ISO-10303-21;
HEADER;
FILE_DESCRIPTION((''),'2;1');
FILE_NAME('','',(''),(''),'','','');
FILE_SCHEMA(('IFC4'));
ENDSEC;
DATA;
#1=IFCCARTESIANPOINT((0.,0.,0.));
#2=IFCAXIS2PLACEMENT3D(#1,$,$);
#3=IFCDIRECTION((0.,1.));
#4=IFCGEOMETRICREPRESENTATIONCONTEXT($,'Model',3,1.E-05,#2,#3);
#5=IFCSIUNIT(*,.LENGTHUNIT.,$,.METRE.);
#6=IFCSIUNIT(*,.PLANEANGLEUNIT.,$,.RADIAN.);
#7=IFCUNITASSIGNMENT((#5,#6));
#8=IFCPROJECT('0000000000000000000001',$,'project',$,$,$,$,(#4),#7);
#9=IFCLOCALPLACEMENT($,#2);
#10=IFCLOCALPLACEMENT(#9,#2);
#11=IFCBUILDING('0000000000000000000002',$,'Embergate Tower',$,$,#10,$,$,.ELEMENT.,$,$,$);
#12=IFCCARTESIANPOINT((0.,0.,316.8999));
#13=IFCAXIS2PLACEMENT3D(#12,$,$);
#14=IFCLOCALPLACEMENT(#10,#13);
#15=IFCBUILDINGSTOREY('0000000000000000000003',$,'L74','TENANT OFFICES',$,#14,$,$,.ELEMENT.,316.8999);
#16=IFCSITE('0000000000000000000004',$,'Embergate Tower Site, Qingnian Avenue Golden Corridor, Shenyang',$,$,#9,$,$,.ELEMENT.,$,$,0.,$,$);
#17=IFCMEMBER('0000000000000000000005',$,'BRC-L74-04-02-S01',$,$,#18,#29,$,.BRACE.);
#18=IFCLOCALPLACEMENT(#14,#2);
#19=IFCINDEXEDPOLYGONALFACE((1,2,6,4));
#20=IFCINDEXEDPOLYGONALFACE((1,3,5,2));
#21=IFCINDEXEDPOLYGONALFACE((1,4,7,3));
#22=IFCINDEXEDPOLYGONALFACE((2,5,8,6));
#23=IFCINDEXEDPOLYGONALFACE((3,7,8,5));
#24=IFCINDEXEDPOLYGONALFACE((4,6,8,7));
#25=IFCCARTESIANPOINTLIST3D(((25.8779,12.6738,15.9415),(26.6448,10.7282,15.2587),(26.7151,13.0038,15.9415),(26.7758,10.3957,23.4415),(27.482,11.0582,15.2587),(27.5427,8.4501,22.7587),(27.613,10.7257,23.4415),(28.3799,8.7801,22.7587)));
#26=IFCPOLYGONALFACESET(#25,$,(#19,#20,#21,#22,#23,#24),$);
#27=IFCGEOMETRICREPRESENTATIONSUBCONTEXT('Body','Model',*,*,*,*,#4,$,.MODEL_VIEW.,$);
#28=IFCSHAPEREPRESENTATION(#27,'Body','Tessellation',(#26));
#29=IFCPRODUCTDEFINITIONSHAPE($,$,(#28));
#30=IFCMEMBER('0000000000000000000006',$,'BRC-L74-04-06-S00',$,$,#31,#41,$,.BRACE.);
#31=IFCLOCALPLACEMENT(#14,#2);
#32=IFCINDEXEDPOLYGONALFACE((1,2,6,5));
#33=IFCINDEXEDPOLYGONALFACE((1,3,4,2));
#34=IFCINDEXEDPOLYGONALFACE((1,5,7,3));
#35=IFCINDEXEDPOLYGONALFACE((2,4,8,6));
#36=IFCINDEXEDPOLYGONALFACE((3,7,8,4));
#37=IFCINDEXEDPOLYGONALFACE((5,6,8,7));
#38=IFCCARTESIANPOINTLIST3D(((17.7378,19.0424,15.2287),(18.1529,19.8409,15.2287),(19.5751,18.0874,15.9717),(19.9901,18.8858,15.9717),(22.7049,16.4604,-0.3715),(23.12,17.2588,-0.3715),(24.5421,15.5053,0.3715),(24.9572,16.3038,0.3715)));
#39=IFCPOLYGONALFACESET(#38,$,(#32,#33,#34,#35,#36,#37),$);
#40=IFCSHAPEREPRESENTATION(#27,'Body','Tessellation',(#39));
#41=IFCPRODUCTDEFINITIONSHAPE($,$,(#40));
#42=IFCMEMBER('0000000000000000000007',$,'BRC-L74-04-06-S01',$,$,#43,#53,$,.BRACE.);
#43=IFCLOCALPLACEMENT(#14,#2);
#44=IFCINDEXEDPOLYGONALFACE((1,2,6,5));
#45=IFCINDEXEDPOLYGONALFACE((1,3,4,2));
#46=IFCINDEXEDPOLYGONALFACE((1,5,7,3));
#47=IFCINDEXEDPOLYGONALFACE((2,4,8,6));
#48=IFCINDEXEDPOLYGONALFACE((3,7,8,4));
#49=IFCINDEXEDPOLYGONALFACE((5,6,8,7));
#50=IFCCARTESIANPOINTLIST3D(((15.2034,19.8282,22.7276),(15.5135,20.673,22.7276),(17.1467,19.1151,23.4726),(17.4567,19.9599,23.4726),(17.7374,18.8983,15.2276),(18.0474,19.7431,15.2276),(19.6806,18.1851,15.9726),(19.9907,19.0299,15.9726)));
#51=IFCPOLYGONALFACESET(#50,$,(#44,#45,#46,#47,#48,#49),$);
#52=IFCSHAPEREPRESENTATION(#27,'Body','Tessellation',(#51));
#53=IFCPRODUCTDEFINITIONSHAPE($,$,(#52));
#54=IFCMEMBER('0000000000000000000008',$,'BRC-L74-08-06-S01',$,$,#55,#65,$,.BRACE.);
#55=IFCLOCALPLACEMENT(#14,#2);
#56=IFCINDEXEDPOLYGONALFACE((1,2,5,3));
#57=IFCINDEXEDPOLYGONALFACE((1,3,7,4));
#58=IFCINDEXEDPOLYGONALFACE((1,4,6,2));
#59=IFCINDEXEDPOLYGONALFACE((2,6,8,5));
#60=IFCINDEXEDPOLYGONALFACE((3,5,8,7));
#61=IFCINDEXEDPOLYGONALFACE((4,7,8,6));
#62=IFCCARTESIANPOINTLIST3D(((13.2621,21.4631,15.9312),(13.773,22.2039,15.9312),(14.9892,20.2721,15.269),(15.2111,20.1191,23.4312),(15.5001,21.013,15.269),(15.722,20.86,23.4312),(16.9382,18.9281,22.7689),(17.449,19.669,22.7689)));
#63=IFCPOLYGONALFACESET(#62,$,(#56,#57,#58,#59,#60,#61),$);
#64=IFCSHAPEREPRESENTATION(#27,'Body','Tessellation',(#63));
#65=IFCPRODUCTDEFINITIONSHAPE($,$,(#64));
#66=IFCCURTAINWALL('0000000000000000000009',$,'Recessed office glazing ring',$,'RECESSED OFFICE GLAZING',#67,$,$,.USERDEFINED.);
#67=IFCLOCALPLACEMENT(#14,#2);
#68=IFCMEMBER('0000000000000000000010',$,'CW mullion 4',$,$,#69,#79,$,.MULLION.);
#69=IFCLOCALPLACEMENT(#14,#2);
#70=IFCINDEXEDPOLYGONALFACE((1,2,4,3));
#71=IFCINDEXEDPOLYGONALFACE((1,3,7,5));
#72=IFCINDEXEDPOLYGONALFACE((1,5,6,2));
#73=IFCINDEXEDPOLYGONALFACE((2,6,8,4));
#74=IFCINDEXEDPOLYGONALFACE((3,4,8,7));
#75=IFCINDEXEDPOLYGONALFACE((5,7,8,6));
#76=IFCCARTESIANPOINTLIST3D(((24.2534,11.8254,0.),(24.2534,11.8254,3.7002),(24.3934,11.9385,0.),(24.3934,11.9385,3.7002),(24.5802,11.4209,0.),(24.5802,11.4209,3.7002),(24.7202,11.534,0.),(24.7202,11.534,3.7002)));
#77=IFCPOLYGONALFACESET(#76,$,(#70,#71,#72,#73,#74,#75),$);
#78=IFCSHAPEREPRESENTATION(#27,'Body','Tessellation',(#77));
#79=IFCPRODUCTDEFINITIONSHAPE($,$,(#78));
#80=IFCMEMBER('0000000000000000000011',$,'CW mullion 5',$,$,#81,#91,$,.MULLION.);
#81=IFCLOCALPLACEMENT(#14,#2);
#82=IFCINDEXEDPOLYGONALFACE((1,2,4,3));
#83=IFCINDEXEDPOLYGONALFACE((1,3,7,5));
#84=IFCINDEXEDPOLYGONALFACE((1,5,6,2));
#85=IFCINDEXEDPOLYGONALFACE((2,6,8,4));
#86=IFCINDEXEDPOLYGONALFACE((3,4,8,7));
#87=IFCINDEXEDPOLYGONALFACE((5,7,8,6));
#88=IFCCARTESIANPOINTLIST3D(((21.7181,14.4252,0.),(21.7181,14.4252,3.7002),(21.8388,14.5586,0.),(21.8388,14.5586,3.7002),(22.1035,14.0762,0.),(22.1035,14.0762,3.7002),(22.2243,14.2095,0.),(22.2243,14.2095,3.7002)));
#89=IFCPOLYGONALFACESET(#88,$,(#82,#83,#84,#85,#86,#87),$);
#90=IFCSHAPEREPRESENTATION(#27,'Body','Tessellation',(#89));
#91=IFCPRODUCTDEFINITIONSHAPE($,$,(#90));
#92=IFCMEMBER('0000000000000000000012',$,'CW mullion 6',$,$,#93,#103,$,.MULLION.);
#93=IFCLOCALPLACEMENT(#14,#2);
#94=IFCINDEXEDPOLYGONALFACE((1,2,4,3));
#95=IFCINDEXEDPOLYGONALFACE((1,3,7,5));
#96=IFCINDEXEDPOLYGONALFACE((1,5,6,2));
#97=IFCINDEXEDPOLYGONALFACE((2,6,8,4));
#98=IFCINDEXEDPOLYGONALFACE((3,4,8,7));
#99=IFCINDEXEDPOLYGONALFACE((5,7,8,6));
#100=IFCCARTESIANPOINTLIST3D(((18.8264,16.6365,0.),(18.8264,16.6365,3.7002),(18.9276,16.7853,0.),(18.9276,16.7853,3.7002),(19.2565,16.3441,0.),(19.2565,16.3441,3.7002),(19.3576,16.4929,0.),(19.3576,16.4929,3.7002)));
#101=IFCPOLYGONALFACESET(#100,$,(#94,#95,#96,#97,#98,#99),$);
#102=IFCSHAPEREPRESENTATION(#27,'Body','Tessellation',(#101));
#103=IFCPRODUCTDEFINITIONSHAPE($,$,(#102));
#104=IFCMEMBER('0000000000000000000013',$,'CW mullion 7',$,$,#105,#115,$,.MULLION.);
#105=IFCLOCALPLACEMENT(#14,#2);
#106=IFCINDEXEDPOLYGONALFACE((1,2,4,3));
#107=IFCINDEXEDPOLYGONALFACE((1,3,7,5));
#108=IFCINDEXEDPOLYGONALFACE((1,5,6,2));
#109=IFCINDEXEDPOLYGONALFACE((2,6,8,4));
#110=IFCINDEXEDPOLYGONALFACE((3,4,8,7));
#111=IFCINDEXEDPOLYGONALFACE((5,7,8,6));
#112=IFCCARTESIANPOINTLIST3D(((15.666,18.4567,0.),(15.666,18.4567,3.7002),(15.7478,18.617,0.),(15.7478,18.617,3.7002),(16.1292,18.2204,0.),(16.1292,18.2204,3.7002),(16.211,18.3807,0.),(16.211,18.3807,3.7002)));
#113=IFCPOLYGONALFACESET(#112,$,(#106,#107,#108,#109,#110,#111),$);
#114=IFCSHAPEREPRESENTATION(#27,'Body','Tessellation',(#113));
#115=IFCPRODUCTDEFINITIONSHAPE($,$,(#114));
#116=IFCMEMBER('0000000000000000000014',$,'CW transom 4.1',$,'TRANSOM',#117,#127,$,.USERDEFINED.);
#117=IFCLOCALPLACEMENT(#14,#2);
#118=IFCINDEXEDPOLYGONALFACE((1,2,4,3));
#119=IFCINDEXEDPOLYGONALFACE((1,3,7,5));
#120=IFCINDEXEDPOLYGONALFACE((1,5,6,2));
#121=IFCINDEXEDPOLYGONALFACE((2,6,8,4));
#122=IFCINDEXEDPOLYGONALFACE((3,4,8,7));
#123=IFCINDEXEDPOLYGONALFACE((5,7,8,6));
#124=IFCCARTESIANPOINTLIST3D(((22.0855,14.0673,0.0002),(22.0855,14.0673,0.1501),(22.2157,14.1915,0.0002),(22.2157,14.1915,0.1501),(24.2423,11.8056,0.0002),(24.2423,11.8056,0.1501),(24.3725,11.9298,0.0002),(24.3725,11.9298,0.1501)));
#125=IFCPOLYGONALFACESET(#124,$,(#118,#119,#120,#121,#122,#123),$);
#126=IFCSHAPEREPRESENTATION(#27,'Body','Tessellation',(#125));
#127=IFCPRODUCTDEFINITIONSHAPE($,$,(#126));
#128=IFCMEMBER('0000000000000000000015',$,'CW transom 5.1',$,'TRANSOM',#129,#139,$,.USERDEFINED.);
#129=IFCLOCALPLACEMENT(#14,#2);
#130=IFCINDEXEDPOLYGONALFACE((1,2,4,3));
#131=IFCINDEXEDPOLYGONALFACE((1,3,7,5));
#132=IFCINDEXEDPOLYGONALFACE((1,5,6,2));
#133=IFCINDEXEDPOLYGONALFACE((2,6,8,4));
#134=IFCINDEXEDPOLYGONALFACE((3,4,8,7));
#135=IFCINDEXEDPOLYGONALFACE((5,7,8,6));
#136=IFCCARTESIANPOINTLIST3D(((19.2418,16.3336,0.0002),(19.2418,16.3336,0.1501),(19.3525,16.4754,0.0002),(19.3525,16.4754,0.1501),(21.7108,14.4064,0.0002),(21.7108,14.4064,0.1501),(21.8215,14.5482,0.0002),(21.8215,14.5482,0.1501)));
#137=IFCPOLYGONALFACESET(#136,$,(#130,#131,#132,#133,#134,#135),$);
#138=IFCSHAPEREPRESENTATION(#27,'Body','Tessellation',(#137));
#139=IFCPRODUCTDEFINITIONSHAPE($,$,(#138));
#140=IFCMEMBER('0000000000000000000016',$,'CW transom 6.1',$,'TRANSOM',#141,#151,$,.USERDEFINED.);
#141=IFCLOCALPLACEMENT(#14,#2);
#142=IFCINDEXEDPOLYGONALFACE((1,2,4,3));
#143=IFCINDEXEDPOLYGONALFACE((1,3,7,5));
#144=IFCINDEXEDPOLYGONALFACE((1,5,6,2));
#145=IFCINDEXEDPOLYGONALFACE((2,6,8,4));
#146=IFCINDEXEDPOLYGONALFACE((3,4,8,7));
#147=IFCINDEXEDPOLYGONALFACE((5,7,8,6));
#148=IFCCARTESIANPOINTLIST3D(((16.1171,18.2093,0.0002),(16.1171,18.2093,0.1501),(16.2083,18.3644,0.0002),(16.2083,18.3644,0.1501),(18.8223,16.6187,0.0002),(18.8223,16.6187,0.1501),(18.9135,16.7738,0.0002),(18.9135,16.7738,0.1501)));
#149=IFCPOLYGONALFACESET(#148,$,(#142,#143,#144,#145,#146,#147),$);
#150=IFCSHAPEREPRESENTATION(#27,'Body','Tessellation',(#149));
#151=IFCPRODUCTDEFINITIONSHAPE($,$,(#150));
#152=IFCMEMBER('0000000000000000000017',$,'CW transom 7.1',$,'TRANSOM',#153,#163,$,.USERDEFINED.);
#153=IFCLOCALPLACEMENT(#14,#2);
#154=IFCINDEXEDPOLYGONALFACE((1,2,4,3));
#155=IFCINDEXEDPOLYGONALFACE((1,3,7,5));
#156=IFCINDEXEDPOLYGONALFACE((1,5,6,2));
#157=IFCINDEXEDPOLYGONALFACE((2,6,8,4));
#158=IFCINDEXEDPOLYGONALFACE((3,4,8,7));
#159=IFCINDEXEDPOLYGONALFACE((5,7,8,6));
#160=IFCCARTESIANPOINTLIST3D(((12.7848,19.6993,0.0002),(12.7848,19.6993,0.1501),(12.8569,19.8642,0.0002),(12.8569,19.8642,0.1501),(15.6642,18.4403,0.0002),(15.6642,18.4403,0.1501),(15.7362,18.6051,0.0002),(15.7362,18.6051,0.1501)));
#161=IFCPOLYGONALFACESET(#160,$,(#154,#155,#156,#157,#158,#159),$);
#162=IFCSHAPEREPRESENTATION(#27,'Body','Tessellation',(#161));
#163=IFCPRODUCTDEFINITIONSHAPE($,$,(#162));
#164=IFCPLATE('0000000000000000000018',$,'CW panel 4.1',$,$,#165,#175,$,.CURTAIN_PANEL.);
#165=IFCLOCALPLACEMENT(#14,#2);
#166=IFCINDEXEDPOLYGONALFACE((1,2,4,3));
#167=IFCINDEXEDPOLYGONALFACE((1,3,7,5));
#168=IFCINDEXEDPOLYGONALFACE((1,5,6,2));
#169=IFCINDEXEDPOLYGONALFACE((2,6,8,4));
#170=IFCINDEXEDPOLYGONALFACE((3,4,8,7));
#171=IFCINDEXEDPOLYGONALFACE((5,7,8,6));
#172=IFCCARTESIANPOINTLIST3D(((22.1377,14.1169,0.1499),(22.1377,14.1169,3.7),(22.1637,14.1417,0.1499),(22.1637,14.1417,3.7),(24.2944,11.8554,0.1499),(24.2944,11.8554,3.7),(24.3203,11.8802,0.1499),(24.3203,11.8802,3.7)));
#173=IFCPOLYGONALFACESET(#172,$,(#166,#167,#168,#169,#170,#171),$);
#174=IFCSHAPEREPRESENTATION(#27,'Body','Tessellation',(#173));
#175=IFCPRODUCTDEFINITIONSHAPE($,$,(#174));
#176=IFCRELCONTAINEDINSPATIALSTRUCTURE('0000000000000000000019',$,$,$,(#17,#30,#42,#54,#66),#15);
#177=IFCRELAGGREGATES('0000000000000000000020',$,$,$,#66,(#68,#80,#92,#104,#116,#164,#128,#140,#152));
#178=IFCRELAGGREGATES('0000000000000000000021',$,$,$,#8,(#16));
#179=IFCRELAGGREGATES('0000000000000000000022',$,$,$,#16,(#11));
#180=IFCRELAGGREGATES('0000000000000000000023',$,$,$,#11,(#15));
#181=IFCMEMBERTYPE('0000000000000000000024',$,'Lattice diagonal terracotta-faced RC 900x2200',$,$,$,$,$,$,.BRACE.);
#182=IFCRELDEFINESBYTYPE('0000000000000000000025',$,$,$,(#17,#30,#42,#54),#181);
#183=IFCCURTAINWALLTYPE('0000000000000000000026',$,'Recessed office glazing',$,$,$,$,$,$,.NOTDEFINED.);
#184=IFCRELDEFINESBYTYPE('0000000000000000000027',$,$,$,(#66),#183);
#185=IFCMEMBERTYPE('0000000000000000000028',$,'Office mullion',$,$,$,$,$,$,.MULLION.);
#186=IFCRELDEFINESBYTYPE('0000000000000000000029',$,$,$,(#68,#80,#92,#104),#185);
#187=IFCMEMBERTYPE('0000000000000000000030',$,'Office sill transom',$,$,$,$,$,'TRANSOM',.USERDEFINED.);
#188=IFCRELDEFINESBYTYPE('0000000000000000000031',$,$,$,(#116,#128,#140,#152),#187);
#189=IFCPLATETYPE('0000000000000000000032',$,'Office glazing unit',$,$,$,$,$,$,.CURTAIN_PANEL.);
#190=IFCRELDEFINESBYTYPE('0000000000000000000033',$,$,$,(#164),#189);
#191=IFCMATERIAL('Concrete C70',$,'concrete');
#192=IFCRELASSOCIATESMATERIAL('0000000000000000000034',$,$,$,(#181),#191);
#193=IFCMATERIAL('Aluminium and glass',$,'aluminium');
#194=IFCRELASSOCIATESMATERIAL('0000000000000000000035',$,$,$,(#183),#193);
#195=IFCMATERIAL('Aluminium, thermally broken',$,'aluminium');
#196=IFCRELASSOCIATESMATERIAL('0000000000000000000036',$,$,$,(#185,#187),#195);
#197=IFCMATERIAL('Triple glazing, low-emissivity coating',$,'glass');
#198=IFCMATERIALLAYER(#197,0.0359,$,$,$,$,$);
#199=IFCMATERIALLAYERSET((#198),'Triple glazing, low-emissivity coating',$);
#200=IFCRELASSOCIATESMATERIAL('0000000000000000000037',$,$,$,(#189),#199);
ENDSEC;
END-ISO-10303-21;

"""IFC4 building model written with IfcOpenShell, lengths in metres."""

from ifc_helpers import new_model, si_unit, direction, frame, origin, origin_2d, place, context, subcontext, project, spatial, rectangle, extrude, source, transform, mapped, material, layer, layer_set, material_profile, profile_set, type_object, element, aggregate, save


model = new_model("IFC4")

# Units and contexts
model_context = context("Model", 3, precision=1e-05, world=origin(), true_north=direction((0.0, 1.0)))
body_context = subcontext(model_context, "Body", "Model", "MODEL_VIEW")
ifc_project = project(units=[si_unit("LENGTHUNIT", "METRE"), si_unit("PLANEANGLEUNIT", "RADIAN")], contexts=[model_context])

# Site, building, storey
site_placement = place(None, origin())
site = spatial("IfcSite", under=ifc_project, at=site_placement, Name="Embergate Tower Site, Qingnian Avenue Golden Corridor, Shenyang", CompositionType="ELEMENT", RefElevation=0.0)
building_placement = place(site_placement, origin())
building = spatial("IfcBuilding", under=site, at=building_placement, Name="Embergate Tower", CompositionType="ELEMENT")
storey_placement = place(building_placement, frame((0.0, 0.0, 316.8999)))
storey = spatial("IfcBuildingStorey", under=building, at=storey_placement, Name="L74", Description="TENANT OFFICES", CompositionType="ELEMENT", Elevation=316.8999)

# Members
ifc_material_1 = material(Name="Concrete C70", Category="concrete")
ifc_material_profile_1 = material_profile(ifc_material_1, rectangle(XDim=0.8999, YDim=2.2, at=origin_2d()), Name="RC 900x2200")
ifc_profile_set_1 = profile_set([ifc_material_profile_1], Name="Concrete C70")
member_type_1 = type_object("IfcMemberType", Name="Lattice diagonal terracotta-faced RC 900x2200", PredefinedType="BRACE", material=ifc_profile_set_1)
shared_shape_1 = source(origin(), body_context, "Body", "SweptSolid", [
    extrude(rectangle(XDim=0.8999, YDim=2.2, at=origin_2d()), origin(), (0.0, 0.0, 1.0), 7.8896),
])
member_1_placement = place(storey_placement, frame((26.6799, 11.866, 15.6001), z_axis=(0.113814, -0.288744, 0.950617), x_axis=(0.930335, 0.36671, 0.0)))
element("IfcMember", 1, at=member_1_placement, inside=storey, type_object=member_type_1, Name="BRC-L74-04-02-S01", PredefinedType="BRACE", context=body_context, shape_type="MappedRepresentation", body=[
    mapped(shared_shape_1, transform((0.0, 0.0, 0.0))),
])
shared_shape_2 = source(origin(), body_context, "Body", "SweptSolid", [
    extrude(rectangle(XDim=0.8999, YDim=2.2, at=origin_2d()), origin(), (0.0, 0.0, 1.0), 16.5742),
])
member_2_placement = place(storey_placement, frame((23.8311, 16.3821, 0.0), z_axis=(-0.299687, 0.155787, 0.941232), x_axis=(-0.461236, -0.887277, 0.0)))
element("IfcMember", 2, at=member_2_placement, inside=storey, type_object=member_type_1, Name="BRC-L74-04-06-S00", PredefinedType="BRACE", context=body_context, shape_type="MappedRepresentation", body=[
    mapped(shared_shape_2, transform((0.0, 0.0, 0.0))),
])
shared_shape_3 = source(origin(), body_context, "Body", "SweptSolid", [
    extrude(rectangle(XDim=0.8999, YDim=2.2, at=origin_2d()), origin(), (0.0, 0.0, 1.0), 7.9709),
])
member_3_placement = place(storey_placement, frame((18.864, 18.9641, 15.6001), z_axis=(-0.317897, 0.116666, 0.94092), x_axis=(-0.344523, -0.938778, 0.0)))
element("IfcMember", 3, at=member_3_placement, inside=storey, type_object=member_type_1, Name="BRC-L74-04-06-S01", PredefinedType="BRACE", context=body_context, shape_type="MappedRepresentation", body=[
    mapped(shared_shape_3, transform((0.0, 0.0, 0.0))),
])
shared_shape_4 = source(origin(), body_context, "Body", "SweptSolid", [
    extrude(rectangle(XDim=0.8999, YDim=2.2, at=origin_2d()), origin(), (0.0, 0.0, 1.0), 7.8647),
])
member_4_placement = place(storey_placement, frame((14.3811, 21.238, 15.6001), z_axis=(0.24781, -0.170888, 0.953618), x_axis=(0.567697, 0.823238, 0.0)))
element("IfcMember", 4, at=member_4_placement, inside=storey, type_object=member_type_1, Name="BRC-L74-08-06-S01", PredefinedType="BRACE", context=body_context, shape_type="MappedRepresentation", body=[
    mapped(shared_shape_4, transform((0.0, 0.0, 0.0))),
])

# Curtain wall, members, plate
ifc_material_2 = material(Name="Aluminium and glass", Category="aluminium")
curtain_wall_type = type_object("IfcCurtainWallType", Name="Recessed office glazing", PredefinedType="NOTDEFINED", material=ifc_material_2)
curtain_wall_placement = place(storey_placement, origin())
curtain_wall = element("IfcCurtainWall", 5, at=curtain_wall_placement, inside=storey, type_object=curtain_wall_type, Name="Recessed office glazing ring", ObjectType="RECESSED OFFICE GLAZING", PredefinedType="USERDEFINED")
ifc_material_3 = material(Name="Aluminium, thermally broken", Category="aluminium")
ifc_material_profile_2 = material_profile(ifc_material_3, rectangle(XDim=0.1799, YDim=0.52, at=origin_2d()), Name="AL 520x180")
ifc_profile_set_2 = profile_set([ifc_material_profile_2], Name="Aluminium, thermally broken")
member_type_2 = type_object("IfcMemberType", Name="Office mullion", PredefinedType="MULLION", material=ifc_profile_set_2)
shared_shape_5 = source(origin(), body_context, "Body", "SweptSolid", [
    extrude(rectangle(XDim=0.1799, YDim=0.52, at=origin_2d()), origin(), (0.0, 0.0, 1.0), 3.7002),
])
member_5_placement = place(storey_placement, frame((24.4868, 11.6797, 0.0), z_axis=(0.0, 0.0, 1.0), x_axis=(-0.777862, -0.628436, 0.0)))
member_5 = element("IfcMember", 6, at=member_5_placement, type_object=member_type_2, Name="CW mullion 4", PredefinedType="MULLION", context=body_context, shape_type="MappedRepresentation", body=[
    mapped(shared_shape_5, transform((0.0, 0.0, 0.0))),
])
member_6_placement = place(storey_placement, frame((21.9712, 14.3174, 0.0), z_axis=(0.0, 0.0, 1.0), x_axis=(-0.671217, -0.74126, 0.0)))
member_6 = element("IfcMember", 7, at=member_6_placement, type_object=member_type_2, Name="CW mullion 5", PredefinedType="MULLION", context=body_context, shape_type="MappedRepresentation", body=[
    mapped(shared_shape_5, transform((0.0, 0.0, 0.0))),
])
member_7_placement = place(storey_placement, frame((19.092, 16.5647, 0.0), z_axis=(0.0, 0.0, 1.0), x_axis=(-0.56221, -0.826994, 0.0)))
member_7 = element("IfcMember", 8, at=member_7_placement, type_object=member_type_2, Name="CW mullion 6", PredefinedType="MULLION", context=body_context, shape_type="MappedRepresentation", body=[
    mapped(shared_shape_5, transform((0.0, 0.0, 0.0))),
])
member_8_placement = place(storey_placement, frame((15.9385, 18.4187, 0.0), z_axis=(0.0, 0.0, 1.0), x_axis=(-0.454507, -0.890743, 0.0)))
member_8 = element("IfcMember", 9, at=member_8_placement, type_object=member_type_2, Name="CW mullion 7", PredefinedType="MULLION", context=body_context, shape_type="MappedRepresentation", body=[
    mapped(shared_shape_5, transform((0.0, 0.0, 0.0))),
])
ifc_material_profile_3 = material_profile(ifc_material_3, rectangle(XDim=0.1799, YDim=0.1499, at=origin_2d()), Name="AL 150x180")
ifc_profile_set_3 = profile_set([ifc_material_profile_3], Name="Aluminium, thermally broken")
member_type_3 = type_object("IfcMemberType", Name="Office sill transom", ElementType="TRANSOM", PredefinedType="USERDEFINED", material=ifc_profile_set_3)
shared_shape_6 = source(origin(), body_context, "Body", "SweptSolid", [
    extrude(rectangle(XDim=0.1799, YDim=0.1499, at=origin_2d()), origin(), (0.0, 0.0, 1.0), 3.1252),
])
member_9_placement = place(storey_placement, frame((24.3074, 11.8677, 0.0752), z_axis=(-0.690111, 0.723703, 0.0), x_axis=(-0.723703, -0.690111, 0.0)))
member_9 = element("IfcMember", 10, at=member_9_placement, type_object=member_type_3, Name="CW transom 4.1", ObjectType="TRANSOM", PredefinedType="USERDEFINED", context=body_context, shape_type="MappedRepresentation", body=[
    mapped(shared_shape_6, transform((0.0, 0.0, 0.0))),
])
shared_shape_7 = source(origin(), body_context, "Body", "SweptSolid", [
    extrude(rectangle(XDim=0.1799, YDim=0.1499, at=origin_2d()), origin(), (0.0, 0.0, 1.0), 3.1321),
])
member_10_placement = place(storey_placement, frame((21.7661, 14.4773, 0.0752), z_axis=(-0.788281, 0.615316, 0.0), x_axis=(-0.615316, -0.788281, 0.0)))
member_10 = element("IfcMember", 11, at=member_10_placement, type_object=member_type_3, Name="CW transom 5.1", ObjectType="TRANSOM", PredefinedType="USERDEFINED", context=body_context, shape_type="MappedRepresentation", body=[
    mapped(shared_shape_7, transform((0.0, 0.0, 0.0))),
])
shared_shape_8 = source(origin(), body_context, "Body", "SweptSolid", [
    extrude(rectangle(XDim=0.1799, YDim=0.1499, at=origin_2d()), origin(), (0.0, 0.0, 1.0), 3.1382),
])
member_11_placement = place(storey_placement, frame((18.8679, 16.6963, 0.0752), z_axis=(-0.862044, 0.506833, 0.0), x_axis=(-0.506833, -0.862044, 0.0)))
member_11 = element("IfcMember", 12, at=member_11_placement, type_object=member_type_3, Name="CW transom 6.1", ObjectType="TRANSOM", PredefinedType="USERDEFINED", context=body_context, shape_type="MappedRepresentation", body=[
    mapped(shared_shape_8, transform((0.0, 0.0, 0.0))),
])
shared_shape_9 = source(origin(), body_context, "Body", "SweptSolid", [
    extrude(rectangle(XDim=0.1799, YDim=0.1499, at=origin_2d()), origin(), (0.0, 0.0, 1.0), 3.1426),
])
member_12_placement = place(storey_placement, frame((15.7002, 18.5227, 0.0752), z_axis=(-0.916239, 0.400631, 0.0), x_axis=(-0.400631, -0.916239, 0.0)))
member_12 = element("IfcMember", 13, at=member_12_placement, type_object=member_type_3, Name="CW transom 7.1", ObjectType="TRANSOM", PredefinedType="USERDEFINED", context=body_context, shape_type="MappedRepresentation", body=[
    mapped(shared_shape_9, transform((0.0, 0.0, 0.0))),
])
ifc_material_4 = material(Name="Triple glazing, low-emissivity coating", Category="glass")
ifc_layer = layer(ifc_material_4, 0.0359)
ifc_layer_set = layer_set([ifc_layer], Name="Triple glazing, low-emissivity coating")
plate_type = type_object("IfcPlateType", Name="Office glazing unit", PredefinedType="CURTAIN_PANEL", material=ifc_layer_set)
shared_shape_10 = source(origin(), body_context, "Body", "SweptSolid", [
    extrude(rectangle(XDim=3.125, YDim=0.0359, at=origin_2d()), origin(), (0.0, 0.0, 1.0), 3.55),
])
plate_1_placement = place(storey_placement, frame((23.229, 12.9985, 0.1499), z_axis=(0.0, 0.0, 1.0), x_axis=(-0.690134, 0.723682, 0.0)))
plate_1 = element("IfcPlate", 14, at=plate_1_placement, type_object=plate_type, Name="CW panel 4.1", PredefinedType="CURTAIN_PANEL", context=body_context, shape_type="MappedRepresentation", body=[
    mapped(shared_shape_10, transform((0.0, 0.0, 0.0))),
])
aggregate(curtain_wall, [member_5, member_6, member_7, member_8, member_9, plate_1, member_10, member_11, member_12])

save(model, "model.ifc")
